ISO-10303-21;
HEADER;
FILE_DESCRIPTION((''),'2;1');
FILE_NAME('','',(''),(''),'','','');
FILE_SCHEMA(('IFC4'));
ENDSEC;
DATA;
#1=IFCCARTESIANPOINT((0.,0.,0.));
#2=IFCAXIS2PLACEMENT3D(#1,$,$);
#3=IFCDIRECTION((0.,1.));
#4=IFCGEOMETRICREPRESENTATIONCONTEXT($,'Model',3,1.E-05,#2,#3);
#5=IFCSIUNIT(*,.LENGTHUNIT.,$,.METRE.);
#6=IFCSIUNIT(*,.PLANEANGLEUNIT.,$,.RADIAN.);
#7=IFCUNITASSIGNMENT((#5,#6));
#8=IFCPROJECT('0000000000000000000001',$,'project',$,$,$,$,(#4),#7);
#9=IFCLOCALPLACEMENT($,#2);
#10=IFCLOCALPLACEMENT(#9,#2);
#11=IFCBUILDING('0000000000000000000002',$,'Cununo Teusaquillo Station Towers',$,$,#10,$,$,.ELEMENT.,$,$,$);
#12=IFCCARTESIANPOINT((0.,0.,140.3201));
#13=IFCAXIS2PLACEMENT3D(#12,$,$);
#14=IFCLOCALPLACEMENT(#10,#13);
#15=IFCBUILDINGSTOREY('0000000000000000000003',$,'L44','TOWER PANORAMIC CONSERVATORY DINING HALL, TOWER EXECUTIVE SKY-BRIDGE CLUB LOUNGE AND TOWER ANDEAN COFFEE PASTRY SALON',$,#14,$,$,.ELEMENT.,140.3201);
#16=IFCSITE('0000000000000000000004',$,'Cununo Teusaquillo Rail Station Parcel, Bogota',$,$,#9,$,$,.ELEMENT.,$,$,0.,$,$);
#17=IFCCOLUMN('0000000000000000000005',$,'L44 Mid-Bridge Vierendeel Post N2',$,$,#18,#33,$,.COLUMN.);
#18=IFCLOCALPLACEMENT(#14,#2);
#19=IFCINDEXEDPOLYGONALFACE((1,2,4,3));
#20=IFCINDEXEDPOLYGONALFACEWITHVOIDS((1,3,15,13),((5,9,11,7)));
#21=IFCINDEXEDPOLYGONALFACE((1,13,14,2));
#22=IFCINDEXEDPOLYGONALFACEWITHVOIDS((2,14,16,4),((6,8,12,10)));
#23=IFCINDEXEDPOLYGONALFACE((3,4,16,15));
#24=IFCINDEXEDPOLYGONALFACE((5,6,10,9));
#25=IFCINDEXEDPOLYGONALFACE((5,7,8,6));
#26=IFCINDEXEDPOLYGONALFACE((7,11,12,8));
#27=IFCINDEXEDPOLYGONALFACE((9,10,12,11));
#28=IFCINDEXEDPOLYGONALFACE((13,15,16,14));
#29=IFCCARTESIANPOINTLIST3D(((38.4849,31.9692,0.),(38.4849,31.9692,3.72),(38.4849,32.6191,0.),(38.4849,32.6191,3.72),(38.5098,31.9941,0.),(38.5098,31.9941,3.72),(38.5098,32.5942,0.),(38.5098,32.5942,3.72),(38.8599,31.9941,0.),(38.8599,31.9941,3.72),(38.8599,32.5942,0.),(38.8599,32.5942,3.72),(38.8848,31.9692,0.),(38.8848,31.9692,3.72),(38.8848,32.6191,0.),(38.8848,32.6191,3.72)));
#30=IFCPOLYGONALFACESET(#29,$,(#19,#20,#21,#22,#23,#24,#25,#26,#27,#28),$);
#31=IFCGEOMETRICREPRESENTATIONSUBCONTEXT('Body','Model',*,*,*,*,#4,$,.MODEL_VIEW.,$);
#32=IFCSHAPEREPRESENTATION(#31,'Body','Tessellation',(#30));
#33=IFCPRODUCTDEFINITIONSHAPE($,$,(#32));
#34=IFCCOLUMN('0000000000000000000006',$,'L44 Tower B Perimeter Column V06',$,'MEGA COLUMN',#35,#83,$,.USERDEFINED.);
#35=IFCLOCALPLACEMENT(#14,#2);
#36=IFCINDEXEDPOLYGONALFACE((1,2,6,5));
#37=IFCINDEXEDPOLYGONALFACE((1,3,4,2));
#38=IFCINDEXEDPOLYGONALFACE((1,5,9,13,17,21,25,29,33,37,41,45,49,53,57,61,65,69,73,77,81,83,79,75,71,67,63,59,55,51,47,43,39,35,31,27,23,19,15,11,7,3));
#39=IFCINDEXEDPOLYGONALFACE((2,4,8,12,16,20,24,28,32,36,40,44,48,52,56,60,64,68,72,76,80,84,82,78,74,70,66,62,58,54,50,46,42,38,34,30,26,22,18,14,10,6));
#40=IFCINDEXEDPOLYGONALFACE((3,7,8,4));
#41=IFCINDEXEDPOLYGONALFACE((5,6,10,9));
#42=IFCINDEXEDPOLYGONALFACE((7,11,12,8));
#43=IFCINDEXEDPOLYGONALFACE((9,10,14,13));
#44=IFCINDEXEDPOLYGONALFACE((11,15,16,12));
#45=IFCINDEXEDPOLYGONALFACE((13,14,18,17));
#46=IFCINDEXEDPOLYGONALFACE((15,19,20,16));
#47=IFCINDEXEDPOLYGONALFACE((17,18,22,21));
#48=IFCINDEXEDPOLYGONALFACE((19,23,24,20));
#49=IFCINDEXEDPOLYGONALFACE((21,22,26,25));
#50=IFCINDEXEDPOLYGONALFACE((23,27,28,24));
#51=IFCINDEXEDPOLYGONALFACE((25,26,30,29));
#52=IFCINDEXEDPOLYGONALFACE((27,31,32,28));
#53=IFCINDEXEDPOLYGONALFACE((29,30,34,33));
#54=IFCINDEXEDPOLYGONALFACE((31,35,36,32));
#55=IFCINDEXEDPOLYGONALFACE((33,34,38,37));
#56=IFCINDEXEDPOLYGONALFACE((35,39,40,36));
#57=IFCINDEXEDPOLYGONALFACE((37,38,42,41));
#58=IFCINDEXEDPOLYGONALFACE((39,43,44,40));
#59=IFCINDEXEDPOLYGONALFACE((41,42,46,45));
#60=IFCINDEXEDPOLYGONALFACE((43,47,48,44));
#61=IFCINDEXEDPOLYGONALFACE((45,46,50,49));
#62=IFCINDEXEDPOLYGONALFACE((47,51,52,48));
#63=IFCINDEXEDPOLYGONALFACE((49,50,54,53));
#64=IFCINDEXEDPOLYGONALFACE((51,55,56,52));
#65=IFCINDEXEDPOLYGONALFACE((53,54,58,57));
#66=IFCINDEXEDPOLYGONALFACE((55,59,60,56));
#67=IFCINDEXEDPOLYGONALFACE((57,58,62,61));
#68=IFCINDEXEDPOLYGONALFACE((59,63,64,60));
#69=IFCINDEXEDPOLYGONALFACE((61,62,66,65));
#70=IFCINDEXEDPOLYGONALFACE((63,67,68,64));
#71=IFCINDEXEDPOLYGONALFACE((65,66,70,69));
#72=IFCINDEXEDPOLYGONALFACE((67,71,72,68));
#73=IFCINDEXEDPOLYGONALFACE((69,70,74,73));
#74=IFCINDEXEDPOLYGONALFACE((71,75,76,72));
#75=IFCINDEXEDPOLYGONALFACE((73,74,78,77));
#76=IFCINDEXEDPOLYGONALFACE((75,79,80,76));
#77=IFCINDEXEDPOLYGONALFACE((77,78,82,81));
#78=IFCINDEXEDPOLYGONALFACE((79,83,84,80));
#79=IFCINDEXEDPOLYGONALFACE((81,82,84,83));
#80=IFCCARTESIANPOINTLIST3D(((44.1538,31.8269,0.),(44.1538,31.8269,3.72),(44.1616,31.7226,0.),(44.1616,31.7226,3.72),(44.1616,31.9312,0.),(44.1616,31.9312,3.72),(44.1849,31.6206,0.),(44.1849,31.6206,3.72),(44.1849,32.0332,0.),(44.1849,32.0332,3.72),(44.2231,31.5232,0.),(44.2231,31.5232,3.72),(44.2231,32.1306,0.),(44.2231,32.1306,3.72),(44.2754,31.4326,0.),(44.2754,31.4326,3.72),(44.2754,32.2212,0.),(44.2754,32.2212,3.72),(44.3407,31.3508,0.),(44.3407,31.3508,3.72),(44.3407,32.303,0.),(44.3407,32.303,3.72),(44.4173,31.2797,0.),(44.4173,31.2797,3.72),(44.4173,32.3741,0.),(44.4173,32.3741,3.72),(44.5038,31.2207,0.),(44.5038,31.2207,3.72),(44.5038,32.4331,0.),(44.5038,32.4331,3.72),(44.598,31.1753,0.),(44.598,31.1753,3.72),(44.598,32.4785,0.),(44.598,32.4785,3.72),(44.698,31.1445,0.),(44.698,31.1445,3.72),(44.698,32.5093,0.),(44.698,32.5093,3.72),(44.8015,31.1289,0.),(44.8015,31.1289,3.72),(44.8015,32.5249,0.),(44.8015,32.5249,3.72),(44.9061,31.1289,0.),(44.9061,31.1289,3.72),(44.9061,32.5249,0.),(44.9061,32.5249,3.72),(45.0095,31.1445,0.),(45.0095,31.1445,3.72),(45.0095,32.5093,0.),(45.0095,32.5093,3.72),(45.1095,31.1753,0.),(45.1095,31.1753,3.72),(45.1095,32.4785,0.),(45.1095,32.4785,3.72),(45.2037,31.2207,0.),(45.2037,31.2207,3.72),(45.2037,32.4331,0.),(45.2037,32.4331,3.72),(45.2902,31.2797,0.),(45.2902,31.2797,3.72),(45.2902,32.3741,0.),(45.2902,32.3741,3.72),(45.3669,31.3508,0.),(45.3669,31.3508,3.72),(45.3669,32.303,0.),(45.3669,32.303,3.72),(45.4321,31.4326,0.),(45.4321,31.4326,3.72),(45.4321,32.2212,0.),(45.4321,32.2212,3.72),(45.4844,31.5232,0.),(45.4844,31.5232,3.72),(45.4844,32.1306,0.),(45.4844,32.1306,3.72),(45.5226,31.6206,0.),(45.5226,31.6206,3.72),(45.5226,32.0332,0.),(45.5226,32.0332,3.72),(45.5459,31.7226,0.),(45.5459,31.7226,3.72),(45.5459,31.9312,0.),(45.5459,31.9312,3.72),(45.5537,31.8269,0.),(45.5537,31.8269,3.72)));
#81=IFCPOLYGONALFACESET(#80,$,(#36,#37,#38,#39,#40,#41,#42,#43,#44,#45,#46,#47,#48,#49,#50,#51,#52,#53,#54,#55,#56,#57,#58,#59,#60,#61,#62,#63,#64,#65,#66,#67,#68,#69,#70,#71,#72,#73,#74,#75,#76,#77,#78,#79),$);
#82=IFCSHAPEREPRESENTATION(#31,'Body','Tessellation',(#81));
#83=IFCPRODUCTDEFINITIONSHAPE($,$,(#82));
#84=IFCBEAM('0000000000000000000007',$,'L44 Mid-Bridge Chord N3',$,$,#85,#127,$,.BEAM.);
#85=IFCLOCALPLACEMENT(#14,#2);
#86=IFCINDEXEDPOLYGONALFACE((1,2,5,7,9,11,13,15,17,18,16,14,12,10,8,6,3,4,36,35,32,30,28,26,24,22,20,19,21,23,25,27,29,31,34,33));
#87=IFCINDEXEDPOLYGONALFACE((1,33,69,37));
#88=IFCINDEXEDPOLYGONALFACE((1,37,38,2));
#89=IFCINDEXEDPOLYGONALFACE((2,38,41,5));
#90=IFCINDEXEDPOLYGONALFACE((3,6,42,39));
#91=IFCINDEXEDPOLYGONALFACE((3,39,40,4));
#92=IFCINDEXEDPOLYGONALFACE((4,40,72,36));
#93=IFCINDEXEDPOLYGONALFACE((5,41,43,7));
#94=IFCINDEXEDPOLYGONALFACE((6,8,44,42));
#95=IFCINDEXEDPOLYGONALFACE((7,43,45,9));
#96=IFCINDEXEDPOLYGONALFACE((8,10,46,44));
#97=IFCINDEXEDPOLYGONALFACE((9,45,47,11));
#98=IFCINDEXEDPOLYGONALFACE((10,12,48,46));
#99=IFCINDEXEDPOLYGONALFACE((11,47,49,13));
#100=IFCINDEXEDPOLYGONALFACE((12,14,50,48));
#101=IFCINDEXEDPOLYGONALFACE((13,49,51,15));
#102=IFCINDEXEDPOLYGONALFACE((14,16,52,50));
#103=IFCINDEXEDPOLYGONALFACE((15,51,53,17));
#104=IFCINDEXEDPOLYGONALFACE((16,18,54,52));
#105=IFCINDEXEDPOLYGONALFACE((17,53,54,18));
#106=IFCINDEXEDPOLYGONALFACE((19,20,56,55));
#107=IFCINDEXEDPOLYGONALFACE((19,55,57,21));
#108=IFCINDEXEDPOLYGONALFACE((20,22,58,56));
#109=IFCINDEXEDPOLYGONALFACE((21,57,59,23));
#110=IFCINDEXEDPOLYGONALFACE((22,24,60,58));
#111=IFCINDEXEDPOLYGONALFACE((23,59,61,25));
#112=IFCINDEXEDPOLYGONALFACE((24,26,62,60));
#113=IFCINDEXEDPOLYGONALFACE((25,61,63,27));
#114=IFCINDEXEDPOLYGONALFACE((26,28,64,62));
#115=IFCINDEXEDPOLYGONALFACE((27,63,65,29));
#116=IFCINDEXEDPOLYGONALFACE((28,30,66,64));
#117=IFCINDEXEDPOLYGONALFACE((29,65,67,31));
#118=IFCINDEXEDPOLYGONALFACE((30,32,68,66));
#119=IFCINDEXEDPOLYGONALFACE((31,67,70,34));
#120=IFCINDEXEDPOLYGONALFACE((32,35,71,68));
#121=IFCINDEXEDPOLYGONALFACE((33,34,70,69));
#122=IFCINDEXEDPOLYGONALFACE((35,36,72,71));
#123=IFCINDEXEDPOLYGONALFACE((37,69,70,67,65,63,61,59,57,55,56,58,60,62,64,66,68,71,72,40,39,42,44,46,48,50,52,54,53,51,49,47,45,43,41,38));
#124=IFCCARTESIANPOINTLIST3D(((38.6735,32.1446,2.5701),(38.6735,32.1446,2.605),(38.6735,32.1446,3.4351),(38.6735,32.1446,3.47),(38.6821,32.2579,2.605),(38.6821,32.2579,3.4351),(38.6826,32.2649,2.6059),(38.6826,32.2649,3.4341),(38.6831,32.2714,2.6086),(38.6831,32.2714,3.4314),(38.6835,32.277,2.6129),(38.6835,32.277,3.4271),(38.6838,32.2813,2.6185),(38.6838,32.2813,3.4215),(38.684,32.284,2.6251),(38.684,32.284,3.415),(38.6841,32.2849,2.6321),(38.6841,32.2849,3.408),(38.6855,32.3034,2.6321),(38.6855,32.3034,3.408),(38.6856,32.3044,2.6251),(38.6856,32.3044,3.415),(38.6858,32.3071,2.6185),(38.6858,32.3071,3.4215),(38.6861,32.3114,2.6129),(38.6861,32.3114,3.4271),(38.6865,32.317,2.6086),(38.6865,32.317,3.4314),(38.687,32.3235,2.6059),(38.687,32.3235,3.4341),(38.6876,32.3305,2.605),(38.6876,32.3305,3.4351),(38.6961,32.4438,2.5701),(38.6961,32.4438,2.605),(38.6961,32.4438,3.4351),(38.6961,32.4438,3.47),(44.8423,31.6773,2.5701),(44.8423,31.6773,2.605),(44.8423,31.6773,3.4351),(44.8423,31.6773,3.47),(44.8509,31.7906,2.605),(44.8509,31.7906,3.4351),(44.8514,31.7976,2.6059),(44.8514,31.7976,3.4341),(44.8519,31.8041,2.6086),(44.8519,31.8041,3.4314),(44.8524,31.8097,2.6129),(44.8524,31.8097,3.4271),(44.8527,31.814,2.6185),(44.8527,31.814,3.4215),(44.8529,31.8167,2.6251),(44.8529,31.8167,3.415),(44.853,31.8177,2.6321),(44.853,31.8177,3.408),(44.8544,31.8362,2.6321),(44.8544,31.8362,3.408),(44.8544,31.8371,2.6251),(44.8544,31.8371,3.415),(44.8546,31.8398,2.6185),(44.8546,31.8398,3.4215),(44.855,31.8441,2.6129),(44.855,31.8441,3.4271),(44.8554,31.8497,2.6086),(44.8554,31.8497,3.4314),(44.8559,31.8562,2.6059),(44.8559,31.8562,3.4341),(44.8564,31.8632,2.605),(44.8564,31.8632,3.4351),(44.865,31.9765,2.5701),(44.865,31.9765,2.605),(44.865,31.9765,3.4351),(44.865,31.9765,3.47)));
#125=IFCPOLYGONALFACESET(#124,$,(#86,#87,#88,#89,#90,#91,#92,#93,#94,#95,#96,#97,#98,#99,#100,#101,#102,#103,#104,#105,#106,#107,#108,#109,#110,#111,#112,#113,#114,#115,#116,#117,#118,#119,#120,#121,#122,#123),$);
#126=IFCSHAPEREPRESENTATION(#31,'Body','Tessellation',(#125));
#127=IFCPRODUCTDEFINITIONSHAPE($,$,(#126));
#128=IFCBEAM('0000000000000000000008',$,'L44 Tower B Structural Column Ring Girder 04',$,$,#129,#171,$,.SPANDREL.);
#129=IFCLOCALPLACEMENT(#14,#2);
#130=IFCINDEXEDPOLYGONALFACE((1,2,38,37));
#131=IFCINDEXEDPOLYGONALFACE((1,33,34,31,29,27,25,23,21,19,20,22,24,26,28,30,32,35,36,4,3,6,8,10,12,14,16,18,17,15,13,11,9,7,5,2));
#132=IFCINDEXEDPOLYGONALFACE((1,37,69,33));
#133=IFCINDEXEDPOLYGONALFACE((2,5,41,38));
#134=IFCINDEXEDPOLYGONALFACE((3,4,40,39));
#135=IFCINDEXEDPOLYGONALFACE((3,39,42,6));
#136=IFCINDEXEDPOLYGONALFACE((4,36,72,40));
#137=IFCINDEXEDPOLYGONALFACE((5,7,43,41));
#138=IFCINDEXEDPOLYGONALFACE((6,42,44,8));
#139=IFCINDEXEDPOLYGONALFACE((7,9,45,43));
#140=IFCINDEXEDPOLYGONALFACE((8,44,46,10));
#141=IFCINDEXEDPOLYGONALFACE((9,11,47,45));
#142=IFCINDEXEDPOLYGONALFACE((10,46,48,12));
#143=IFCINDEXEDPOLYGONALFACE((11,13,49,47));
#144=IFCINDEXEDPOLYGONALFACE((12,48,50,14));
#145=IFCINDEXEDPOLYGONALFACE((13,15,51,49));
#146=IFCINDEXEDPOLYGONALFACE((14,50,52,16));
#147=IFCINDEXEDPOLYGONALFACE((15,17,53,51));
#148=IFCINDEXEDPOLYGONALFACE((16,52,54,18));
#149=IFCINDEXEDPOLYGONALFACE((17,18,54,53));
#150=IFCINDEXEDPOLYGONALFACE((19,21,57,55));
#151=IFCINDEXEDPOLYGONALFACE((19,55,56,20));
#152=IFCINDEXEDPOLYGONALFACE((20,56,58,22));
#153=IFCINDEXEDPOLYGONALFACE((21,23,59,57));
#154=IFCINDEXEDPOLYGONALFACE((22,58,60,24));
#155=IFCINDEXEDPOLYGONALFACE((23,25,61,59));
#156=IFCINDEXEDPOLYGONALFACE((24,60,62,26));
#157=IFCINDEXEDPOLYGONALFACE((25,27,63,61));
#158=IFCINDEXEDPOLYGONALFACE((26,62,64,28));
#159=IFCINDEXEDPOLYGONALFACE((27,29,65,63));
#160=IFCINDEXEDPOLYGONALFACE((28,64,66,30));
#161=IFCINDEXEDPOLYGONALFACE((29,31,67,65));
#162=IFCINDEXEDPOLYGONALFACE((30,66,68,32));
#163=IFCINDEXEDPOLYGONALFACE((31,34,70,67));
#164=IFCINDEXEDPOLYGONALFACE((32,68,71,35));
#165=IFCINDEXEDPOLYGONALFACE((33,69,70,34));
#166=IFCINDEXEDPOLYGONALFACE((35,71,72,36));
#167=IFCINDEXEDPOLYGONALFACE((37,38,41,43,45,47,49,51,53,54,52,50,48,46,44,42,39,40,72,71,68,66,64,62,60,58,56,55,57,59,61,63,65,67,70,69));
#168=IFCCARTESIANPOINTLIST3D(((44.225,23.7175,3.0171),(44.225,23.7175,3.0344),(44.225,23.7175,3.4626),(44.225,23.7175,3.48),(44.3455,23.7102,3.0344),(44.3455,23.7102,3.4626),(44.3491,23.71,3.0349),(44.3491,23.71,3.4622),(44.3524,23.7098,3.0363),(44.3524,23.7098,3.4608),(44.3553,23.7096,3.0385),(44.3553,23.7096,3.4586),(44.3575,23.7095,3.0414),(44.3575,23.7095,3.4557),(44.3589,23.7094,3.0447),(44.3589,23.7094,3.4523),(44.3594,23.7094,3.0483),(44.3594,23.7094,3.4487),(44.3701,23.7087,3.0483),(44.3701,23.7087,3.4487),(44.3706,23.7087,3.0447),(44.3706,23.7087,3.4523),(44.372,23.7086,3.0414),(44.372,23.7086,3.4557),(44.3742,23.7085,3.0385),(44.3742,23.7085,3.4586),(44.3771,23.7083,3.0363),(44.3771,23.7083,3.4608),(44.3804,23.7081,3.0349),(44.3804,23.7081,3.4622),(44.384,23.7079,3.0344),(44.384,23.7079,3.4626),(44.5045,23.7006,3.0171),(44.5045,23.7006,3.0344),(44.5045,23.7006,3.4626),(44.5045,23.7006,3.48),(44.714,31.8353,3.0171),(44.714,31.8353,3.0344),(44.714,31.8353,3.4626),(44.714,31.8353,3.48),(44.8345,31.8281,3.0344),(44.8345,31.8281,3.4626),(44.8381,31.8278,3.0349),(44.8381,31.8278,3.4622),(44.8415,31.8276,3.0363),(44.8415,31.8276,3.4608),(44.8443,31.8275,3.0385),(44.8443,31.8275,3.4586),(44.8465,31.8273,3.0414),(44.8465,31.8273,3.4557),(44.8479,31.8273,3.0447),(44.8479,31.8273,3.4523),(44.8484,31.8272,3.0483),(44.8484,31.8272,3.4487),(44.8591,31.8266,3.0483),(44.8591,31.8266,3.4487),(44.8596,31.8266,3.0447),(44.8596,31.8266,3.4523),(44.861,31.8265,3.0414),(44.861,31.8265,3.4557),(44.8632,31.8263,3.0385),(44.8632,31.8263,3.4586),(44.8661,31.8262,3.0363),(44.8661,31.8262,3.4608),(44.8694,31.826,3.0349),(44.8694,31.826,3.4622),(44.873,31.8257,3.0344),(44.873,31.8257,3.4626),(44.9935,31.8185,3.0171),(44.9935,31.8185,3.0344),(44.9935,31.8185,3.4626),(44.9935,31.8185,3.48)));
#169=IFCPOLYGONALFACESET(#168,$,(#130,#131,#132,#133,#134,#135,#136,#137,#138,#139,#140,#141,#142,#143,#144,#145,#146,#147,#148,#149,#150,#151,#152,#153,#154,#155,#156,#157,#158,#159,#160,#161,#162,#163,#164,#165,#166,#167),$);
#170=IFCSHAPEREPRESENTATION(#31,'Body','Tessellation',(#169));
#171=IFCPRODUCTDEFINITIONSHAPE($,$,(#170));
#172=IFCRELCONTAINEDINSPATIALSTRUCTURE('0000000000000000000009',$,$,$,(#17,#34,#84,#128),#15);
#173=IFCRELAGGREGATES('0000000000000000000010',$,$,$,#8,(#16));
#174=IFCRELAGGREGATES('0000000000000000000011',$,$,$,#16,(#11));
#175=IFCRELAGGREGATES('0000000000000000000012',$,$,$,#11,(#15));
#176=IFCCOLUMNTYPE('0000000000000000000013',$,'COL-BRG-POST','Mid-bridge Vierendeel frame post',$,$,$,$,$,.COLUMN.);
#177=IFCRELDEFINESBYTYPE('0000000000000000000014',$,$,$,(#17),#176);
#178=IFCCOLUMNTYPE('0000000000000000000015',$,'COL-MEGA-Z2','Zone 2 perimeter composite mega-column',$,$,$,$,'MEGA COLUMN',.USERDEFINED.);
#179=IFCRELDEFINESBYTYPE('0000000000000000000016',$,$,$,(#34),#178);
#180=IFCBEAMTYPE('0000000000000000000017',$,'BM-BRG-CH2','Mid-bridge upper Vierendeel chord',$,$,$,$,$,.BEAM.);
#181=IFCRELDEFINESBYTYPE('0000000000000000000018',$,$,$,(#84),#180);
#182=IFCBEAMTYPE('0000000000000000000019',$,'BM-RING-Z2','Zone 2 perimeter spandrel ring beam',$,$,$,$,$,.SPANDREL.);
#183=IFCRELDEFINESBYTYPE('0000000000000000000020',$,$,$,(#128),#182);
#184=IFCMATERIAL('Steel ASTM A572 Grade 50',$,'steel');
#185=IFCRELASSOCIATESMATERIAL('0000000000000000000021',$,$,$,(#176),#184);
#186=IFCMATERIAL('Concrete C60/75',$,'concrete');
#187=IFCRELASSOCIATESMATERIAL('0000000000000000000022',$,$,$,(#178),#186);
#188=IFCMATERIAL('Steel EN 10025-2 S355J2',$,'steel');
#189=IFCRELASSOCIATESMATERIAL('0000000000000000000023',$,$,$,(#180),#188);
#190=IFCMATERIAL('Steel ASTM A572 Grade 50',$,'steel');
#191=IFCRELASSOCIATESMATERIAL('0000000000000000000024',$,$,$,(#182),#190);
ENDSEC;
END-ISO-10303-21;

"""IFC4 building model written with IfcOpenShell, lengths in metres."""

from ifc_helpers import new_model, si_unit, direction, frame, origin, origin_2d, place, context, subcontext, project, spatial, hollow_rectangle, circle, i_section, extrude, material, material_profile, profile_set, type_object, element, save


model = new_model("IFC4")

# Units and contexts
model_context = context("Model", 3, precision=1e-05, world=origin(), true_north=direction((0.0, 1.0)))
body_context = subcontext(model_context, "Body", "Model", "MODEL_VIEW")
ifc_project = project(units=[si_unit("LENGTHUNIT", "METRE"), si_unit("PLANEANGLEUNIT", "RADIAN")], contexts=[model_context])

# Site, building, storey
site_placement = place(None, origin())
site = spatial("IfcSite", under=ifc_project, at=site_placement, Name="Cununo Teusaquillo Rail Station Parcel, Bogota", CompositionType="ELEMENT", RefElevation=0.0)
building_placement = place(site_placement, origin())
building = spatial("IfcBuilding", under=site, at=building_placement, Name="Cununo Teusaquillo Station Towers", CompositionType="ELEMENT")
storey_placement = place(building_placement, frame((0.0, 0.0, 140.3201)))
storey = spatial("IfcBuildingStorey", under=building, at=storey_placement, Name="L44", Description="TOWER PANORAMIC CONSERVATORY DINING HALL, TOWER EXECUTIVE SKY-BRIDGE CLUB LOUNGE AND TOWER ANDEAN COFFEE PASTRY SALON", CompositionType="ELEMENT", Elevation=140.3201)

# Columns
ifc_material_1 = material(Name="Steel ASTM A572 Grade 50", Category="steel")
ifc_material_profile_1 = material_profile(ifc_material_1, hollow_rectangle(XDim=0.3999, YDim=0.6499, WallThickness=0.0249, at=origin_2d()), Name="RHS 650x400x25")
ifc_profile_set_1 = profile_set([ifc_material_profile_1], Name="Steel ASTM A572 Grade 50")
column_type_1 = type_object("IfcColumnType", Name="COL-BRG-POST", Description="Mid-bridge Vierendeel frame post", PredefinedType="COLUMN", material=ifc_profile_set_1)
column_1_placement = place(storey_placement, frame((38.6848, 32.2942, 0.0), z_axis=(0.0, 0.0, 1.0), x_axis=(1.0, 0.0, 0.0)))
element("IfcColumn", 1, at=column_1_placement, inside=storey, type_object=column_type_1, Name="L44 Mid-Bridge Vierendeel Post N2", PredefinedType="COLUMN", context=body_context, shape_type="SweptSolid", body=[
    extrude(hollow_rectangle(XDim=0.3999, YDim=0.6499, WallThickness=0.0249, at=origin_2d()), origin(), (0.0, 0.0, 1.0), 3.72),
])
ifc_material_2 = material(Name="Concrete C60/75", Category="concrete")
ifc_material_profile_2 = material_profile(ifc_material_2, circle(Radius=0.7, at=origin_2d()), Name="RC-CIRC-1400")
ifc_profile_set_2 = profile_set([ifc_material_profile_2], Name="Concrete C60/75")
column_type_2 = type_object("IfcColumnType", Name="COL-MEGA-Z2", Description="Zone 2 perimeter composite mega-column", ElementType="MEGA COLUMN", PredefinedType="USERDEFINED", material=ifc_profile_set_2)
column_2_placement = place(storey_placement, frame((44.8538, 31.8269, 0.0), z_axis=(0.0, 0.0, 1.0), x_axis=(1.0, 0.0, 0.0)))
element("IfcColumn", 2, at=column_2_placement, inside=storey, type_object=column_type_2, Name="L44 Tower B Perimeter Column V06", ObjectType="MEGA COLUMN", PredefinedType="USERDEFINED", context=body_context, shape_type="SweptSolid", body=[
    extrude(circle(Radius=0.7, at=origin_2d()), origin(), (0.0, 0.0, 1.0), 3.72),
])

# Beams
ifc_material_3 = material(Name="Steel EN 10025-2 S355J2", Category="steel")
ifc_material_profile_3 = material_profile(ifc_material_3, i_section(OverallWidth=0.3, OverallDepth=0.8999, WebThickness=0.0186, FlangeThickness=0.0349, FilletRadius=0.0271, at=origin_2d()), Name="HEB 900")
ifc_profile_set_3 = profile_set([ifc_material_profile_3], Name="Steel EN 10025-2 S355J2")
beam_type_1 = type_object("IfcBeamType", Name="BM-BRG-CH2", Description="Mid-bridge upper Vierendeel chord", PredefinedType="BEAM", material=ifc_profile_set_3)
beam_1_placement = place(storey_placement, frame((38.6848, 32.2942, 3.02), z_axis=(0.997143, -0.075532, 0.0), x_axis=(0.075532, 0.997143, 0.0)))
element("IfcBeam", 3, at=beam_1_placement, inside=storey, type_object=beam_type_1, Name="L44 Mid-Bridge Chord N3", PredefinedType="BEAM", context=body_context, shape_type="SweptSolid", body=[
    extrude(i_section(OverallWidth=0.3, OverallDepth=0.8999, WebThickness=0.0186, FlangeThickness=0.0349, FilletRadius=0.0271, at=origin_2d()), origin(), (0.0, 0.0, 1.0), 6.1865),
])
ifc_material_4 = material(Name="Steel ASTM A572 Grade 50", Category="steel")
ifc_material_profile_4 = material_profile(ifc_material_4, i_section(OverallWidth=0.28, OverallDepth=0.4629, WebThickness=0.0107, FlangeThickness=0.0173, FilletRadius=0.0139, at=origin_2d()), Name="W18X76")
ifc_profile_set_4 = profile_set([ifc_material_profile_4], Name="Steel ASTM A572 Grade 50")
beam_type_2 = type_object("IfcBeamType", Name="BM-RING-Z2", Description="Zone 2 perimeter spandrel ring beam", PredefinedType="SPANDREL", material=ifc_profile_set_4)
beam_2_placement = place(storey_placement, frame((44.8538, 31.8269, 3.2485), z_axis=(-0.06013, -0.998191, 0.0), x_axis=(0.998191, -0.06013, 0.0)))
element("IfcBeam", 4, at=beam_2_placement, inside=storey, type_object=beam_type_2, Name="L44 Tower B Structural Column Ring Girder 04", PredefinedType="SPANDREL", context=body_context, shape_type="SweptSolid", body=[
    extrude(i_section(OverallWidth=0.28, OverallDepth=0.4629, WebThickness=0.0107, FlangeThickness=0.0173, FilletRadius=0.0139, at=origin_2d()), origin(), (0.0, 0.0, 1.0), 8.1326),
])

save(model, "model.ifc")
